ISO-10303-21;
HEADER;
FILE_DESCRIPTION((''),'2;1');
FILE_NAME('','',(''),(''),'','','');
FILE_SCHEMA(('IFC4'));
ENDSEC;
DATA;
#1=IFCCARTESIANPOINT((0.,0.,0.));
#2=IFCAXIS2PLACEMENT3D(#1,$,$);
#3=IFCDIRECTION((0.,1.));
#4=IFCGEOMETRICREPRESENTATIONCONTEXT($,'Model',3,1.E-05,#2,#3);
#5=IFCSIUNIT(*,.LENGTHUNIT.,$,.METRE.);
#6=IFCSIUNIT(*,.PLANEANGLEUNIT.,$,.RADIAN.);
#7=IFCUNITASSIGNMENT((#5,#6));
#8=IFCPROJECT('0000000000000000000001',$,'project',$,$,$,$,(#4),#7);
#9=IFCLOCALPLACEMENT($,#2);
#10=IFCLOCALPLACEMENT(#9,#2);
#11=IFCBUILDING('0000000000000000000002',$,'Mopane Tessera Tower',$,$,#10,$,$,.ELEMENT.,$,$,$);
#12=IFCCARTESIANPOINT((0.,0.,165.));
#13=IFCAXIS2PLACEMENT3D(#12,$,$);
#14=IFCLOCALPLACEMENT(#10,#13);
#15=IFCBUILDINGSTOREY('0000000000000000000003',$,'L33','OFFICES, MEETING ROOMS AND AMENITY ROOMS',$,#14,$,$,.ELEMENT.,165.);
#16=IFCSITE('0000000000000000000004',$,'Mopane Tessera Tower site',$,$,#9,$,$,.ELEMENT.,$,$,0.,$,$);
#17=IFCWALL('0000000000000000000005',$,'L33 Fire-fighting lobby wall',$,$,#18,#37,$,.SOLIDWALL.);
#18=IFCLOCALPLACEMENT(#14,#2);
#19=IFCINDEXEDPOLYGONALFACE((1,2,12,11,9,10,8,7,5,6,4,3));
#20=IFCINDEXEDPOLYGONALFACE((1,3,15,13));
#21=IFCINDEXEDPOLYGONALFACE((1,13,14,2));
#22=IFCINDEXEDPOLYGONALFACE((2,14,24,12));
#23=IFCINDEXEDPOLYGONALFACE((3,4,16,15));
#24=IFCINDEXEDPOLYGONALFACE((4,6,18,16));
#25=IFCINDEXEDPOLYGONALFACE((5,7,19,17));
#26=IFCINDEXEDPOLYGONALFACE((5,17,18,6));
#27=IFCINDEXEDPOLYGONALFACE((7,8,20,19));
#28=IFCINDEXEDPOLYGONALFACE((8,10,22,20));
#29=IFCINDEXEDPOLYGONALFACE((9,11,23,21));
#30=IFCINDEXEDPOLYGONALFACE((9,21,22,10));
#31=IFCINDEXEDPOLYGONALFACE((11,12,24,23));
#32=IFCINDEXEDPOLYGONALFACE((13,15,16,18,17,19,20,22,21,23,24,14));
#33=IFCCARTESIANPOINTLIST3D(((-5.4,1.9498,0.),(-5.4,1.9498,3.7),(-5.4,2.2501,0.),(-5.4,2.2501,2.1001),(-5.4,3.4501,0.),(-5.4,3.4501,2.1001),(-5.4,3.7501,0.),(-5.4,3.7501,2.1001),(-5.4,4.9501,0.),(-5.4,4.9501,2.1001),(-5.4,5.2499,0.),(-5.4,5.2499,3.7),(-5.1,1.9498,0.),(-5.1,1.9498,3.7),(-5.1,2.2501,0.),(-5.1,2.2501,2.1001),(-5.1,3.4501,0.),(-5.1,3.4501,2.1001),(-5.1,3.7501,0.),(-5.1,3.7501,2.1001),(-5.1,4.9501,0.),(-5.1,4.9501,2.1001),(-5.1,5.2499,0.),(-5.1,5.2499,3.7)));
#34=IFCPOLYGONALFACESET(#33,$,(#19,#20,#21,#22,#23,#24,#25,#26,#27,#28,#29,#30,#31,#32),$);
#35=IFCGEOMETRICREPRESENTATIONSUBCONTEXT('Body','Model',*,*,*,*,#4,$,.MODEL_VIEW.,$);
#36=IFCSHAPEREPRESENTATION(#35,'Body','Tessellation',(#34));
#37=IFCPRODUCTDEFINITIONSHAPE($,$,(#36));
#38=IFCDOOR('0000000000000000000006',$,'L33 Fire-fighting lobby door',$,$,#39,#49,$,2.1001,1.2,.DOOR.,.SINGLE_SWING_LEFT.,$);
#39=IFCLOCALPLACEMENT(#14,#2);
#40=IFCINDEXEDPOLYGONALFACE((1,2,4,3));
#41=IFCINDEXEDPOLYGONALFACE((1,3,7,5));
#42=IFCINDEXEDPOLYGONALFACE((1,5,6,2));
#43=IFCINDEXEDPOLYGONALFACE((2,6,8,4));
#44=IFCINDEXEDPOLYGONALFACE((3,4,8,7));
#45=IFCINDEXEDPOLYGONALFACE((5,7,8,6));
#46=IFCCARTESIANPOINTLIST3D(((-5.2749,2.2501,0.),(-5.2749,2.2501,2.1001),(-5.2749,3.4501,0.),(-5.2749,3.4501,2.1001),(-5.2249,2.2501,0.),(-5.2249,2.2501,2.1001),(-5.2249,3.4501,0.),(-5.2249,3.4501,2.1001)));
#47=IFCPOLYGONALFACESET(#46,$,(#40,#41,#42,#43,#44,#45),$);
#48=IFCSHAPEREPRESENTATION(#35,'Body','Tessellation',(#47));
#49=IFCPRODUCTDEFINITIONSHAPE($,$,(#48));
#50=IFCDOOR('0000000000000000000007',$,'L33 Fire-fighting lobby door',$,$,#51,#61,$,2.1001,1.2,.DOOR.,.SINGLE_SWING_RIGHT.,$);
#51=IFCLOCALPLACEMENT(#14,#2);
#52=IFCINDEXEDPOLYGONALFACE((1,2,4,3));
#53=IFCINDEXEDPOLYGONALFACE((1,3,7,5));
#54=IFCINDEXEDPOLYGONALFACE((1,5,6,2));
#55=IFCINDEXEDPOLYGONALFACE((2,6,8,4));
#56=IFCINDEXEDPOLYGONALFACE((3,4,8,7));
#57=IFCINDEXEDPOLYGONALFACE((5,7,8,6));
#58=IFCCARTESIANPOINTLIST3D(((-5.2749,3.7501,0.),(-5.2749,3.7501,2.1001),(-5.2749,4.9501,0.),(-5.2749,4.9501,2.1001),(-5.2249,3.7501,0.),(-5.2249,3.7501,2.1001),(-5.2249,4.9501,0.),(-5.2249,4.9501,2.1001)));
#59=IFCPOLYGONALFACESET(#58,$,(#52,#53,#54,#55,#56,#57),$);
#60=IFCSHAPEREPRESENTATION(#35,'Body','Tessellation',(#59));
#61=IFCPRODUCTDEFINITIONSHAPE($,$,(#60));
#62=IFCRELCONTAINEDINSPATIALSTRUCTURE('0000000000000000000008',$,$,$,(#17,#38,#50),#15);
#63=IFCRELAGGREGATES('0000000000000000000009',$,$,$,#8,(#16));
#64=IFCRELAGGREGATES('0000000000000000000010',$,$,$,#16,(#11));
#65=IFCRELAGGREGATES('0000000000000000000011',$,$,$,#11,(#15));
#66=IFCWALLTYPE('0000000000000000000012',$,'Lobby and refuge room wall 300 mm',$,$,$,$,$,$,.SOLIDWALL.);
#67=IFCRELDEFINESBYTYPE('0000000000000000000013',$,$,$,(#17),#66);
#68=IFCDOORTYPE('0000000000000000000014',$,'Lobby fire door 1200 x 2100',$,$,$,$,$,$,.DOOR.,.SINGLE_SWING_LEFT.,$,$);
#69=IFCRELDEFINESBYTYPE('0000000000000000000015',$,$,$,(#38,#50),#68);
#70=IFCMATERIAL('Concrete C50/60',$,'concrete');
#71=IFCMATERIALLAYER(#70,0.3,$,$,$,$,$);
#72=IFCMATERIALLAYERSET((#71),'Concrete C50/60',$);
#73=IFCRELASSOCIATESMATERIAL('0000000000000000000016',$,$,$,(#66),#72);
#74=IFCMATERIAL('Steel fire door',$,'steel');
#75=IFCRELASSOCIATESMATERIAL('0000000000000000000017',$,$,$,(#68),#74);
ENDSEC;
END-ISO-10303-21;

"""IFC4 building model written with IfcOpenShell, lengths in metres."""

from ifc_helpers import new_model, si_unit, direction, frame, frame_2d, origin, place, context, subcontext, project, spatial, rectangle, extrude, material, layer, layer_set, type_object, element, fill, save


model = new_model("IFC4")

# Units and contexts
model_context = context("Model", 3, precision=1e-05, world=origin(), true_north=direction((0.0, 1.0)))
body_context = subcontext(model_context, "Body", "Model", "MODEL_VIEW")
ifc_project = project(units=[si_unit("LENGTHUNIT", "METRE"), si_unit("PLANEANGLEUNIT", "RADIAN")], contexts=[model_context])

# Site, building, storey
site_placement = place(None, origin())
site = spatial("IfcSite", under=ifc_project, at=site_placement, Name="Mopane Tessera Tower site", CompositionType="ELEMENT", RefElevation=0.0)
building_placement = place(site_placement, origin())
building = spatial("IfcBuilding", under=site, at=building_placement, Name="Mopane Tessera Tower", CompositionType="ELEMENT")
storey_placement = place(building_placement, frame((0.0, 0.0, 165.0)))
storey = spatial("IfcBuildingStorey", under=building, at=storey_placement, Name="L33", Description="OFFICES, MEETING ROOMS AND AMENITY ROOMS", CompositionType="ELEMENT", Elevation=165.0)

# Wall, openings, doors
ifc_material_1 = material(Name="Concrete C50/60", Category="concrete")
ifc_layer_1 = layer(ifc_material_1, 0.3)
ifc_layer_set_1 = layer_set([ifc_layer_1], Name="Concrete C50/60")
wall_type_1 = type_object("IfcWallType", Name="Lobby and refuge room wall 300 mm", PredefinedType="SOLIDWALL", material=ifc_layer_set_1)
wall_1_placement = place(storey_placement, frame((-5.25, 1.95, 0.0), z_axis=(0.0, 0.0, 1.0), x_axis=(0.0, 1.0, 0.0)))
wall_1 = element("IfcWall", 1, at=wall_1_placement, inside=storey, type_object=wall_type_1, Name="L33 Fire-fighting lobby wall", PredefinedType="SOLIDWALL", context=body_context, shape_type="SweptSolid", body=[
    extrude(rectangle(XDim=3.3, YDim=0.3, at=frame_2d((1.6499, 0.0))), origin(), (0.0, 0.0, 1.0), 3.7),
])
opening_1_placement = place(wall_1_placement, frame((0.3, 0.0, 0.0)))
opening_1 = element("IfcOpeningElement", 2, at=opening_1_placement, cuts=wall_1, PredefinedType="OPENING", context=body_context, shape_type="SweptSolid", body=[
    extrude(rectangle(XDim=1.2, YDim=2.1001, at=frame_2d((0.6001, 1.05))), frame((0.0, 0.1621, 0.0), z_axis=(0.0, -1.0, 0.0), x_axis=(1.0, 0.0, 0.0)), (0.0, 0.0, 1.0), 0.324),
])
opening_2_placement = place(wall_1_placement, frame((1.8, 0.0, 0.0)))
opening_2 = element("IfcOpeningElement", 3, at=opening_2_placement, cuts=wall_1, PredefinedType="OPENING", context=body_context, shape_type="SweptSolid", body=[
    extrude(rectangle(XDim=1.2, YDim=2.1001, at=frame_2d((0.6001, 1.05))), frame((0.0, 0.1621, 0.0), z_axis=(0.0, -1.0, 0.0), x_axis=(1.0, 0.0, 0.0)), (0.0, 0.0, 1.0), 0.324),
])
ifc_material_2 = material(Name="Steel fire door", Category="steel")
door_type_1 = type_object("IfcDoorType", Name="Lobby fire door 1200 x 2100", OperationType="SINGLE_SWING_LEFT", PredefinedType="DOOR", material=ifc_material_2)
door_1_placement = place(opening_1_placement, origin())
door_1 = element("IfcDoor", 4, at=door_1_placement, inside=storey, type_object=door_type_1, Name="L33 Fire-fighting lobby door", OperationType="SINGLE_SWING_LEFT", OverallHeight=2.1001, OverallWidth=1.2, PredefinedType="DOOR", context=body_context, shape_type="SweptSolid", body=[
    extrude(rectangle(XDim=1.2, YDim=2.1001, at=frame_2d((0.6001, 1.05))), frame((0.0, 0.0249, 0.0), z_axis=(0.0, -1.0, 0.0), x_axis=(1.0, 0.0, 0.0)), (0.0, 0.0, 1.0), 0.05),
])
fill(opening_1, door_1)
door_2_placement = place(opening_2_placement, origin())
door_2 = element("IfcDoor", 5, at=door_2_placement, inside=storey, type_object=door_type_1, Name="L33 Fire-fighting lobby door", OperationType="SINGLE_SWING_RIGHT", OverallHeight=2.1001, OverallWidth=1.2, PredefinedType="DOOR", context=body_context, shape_type="SweptSolid", body=[
    extrude(rectangle(XDim=1.2, YDim=2.1001, at=frame_2d((0.6001, 1.05))), frame((0.0, 0.0249, 0.0), z_axis=(0.0, -1.0, 0.0), x_axis=(1.0, 0.0, 0.0)), (0.0, 0.0, 1.0), 0.05),
])
fill(opening_2, door_2)

save(model, "model.ifc")
